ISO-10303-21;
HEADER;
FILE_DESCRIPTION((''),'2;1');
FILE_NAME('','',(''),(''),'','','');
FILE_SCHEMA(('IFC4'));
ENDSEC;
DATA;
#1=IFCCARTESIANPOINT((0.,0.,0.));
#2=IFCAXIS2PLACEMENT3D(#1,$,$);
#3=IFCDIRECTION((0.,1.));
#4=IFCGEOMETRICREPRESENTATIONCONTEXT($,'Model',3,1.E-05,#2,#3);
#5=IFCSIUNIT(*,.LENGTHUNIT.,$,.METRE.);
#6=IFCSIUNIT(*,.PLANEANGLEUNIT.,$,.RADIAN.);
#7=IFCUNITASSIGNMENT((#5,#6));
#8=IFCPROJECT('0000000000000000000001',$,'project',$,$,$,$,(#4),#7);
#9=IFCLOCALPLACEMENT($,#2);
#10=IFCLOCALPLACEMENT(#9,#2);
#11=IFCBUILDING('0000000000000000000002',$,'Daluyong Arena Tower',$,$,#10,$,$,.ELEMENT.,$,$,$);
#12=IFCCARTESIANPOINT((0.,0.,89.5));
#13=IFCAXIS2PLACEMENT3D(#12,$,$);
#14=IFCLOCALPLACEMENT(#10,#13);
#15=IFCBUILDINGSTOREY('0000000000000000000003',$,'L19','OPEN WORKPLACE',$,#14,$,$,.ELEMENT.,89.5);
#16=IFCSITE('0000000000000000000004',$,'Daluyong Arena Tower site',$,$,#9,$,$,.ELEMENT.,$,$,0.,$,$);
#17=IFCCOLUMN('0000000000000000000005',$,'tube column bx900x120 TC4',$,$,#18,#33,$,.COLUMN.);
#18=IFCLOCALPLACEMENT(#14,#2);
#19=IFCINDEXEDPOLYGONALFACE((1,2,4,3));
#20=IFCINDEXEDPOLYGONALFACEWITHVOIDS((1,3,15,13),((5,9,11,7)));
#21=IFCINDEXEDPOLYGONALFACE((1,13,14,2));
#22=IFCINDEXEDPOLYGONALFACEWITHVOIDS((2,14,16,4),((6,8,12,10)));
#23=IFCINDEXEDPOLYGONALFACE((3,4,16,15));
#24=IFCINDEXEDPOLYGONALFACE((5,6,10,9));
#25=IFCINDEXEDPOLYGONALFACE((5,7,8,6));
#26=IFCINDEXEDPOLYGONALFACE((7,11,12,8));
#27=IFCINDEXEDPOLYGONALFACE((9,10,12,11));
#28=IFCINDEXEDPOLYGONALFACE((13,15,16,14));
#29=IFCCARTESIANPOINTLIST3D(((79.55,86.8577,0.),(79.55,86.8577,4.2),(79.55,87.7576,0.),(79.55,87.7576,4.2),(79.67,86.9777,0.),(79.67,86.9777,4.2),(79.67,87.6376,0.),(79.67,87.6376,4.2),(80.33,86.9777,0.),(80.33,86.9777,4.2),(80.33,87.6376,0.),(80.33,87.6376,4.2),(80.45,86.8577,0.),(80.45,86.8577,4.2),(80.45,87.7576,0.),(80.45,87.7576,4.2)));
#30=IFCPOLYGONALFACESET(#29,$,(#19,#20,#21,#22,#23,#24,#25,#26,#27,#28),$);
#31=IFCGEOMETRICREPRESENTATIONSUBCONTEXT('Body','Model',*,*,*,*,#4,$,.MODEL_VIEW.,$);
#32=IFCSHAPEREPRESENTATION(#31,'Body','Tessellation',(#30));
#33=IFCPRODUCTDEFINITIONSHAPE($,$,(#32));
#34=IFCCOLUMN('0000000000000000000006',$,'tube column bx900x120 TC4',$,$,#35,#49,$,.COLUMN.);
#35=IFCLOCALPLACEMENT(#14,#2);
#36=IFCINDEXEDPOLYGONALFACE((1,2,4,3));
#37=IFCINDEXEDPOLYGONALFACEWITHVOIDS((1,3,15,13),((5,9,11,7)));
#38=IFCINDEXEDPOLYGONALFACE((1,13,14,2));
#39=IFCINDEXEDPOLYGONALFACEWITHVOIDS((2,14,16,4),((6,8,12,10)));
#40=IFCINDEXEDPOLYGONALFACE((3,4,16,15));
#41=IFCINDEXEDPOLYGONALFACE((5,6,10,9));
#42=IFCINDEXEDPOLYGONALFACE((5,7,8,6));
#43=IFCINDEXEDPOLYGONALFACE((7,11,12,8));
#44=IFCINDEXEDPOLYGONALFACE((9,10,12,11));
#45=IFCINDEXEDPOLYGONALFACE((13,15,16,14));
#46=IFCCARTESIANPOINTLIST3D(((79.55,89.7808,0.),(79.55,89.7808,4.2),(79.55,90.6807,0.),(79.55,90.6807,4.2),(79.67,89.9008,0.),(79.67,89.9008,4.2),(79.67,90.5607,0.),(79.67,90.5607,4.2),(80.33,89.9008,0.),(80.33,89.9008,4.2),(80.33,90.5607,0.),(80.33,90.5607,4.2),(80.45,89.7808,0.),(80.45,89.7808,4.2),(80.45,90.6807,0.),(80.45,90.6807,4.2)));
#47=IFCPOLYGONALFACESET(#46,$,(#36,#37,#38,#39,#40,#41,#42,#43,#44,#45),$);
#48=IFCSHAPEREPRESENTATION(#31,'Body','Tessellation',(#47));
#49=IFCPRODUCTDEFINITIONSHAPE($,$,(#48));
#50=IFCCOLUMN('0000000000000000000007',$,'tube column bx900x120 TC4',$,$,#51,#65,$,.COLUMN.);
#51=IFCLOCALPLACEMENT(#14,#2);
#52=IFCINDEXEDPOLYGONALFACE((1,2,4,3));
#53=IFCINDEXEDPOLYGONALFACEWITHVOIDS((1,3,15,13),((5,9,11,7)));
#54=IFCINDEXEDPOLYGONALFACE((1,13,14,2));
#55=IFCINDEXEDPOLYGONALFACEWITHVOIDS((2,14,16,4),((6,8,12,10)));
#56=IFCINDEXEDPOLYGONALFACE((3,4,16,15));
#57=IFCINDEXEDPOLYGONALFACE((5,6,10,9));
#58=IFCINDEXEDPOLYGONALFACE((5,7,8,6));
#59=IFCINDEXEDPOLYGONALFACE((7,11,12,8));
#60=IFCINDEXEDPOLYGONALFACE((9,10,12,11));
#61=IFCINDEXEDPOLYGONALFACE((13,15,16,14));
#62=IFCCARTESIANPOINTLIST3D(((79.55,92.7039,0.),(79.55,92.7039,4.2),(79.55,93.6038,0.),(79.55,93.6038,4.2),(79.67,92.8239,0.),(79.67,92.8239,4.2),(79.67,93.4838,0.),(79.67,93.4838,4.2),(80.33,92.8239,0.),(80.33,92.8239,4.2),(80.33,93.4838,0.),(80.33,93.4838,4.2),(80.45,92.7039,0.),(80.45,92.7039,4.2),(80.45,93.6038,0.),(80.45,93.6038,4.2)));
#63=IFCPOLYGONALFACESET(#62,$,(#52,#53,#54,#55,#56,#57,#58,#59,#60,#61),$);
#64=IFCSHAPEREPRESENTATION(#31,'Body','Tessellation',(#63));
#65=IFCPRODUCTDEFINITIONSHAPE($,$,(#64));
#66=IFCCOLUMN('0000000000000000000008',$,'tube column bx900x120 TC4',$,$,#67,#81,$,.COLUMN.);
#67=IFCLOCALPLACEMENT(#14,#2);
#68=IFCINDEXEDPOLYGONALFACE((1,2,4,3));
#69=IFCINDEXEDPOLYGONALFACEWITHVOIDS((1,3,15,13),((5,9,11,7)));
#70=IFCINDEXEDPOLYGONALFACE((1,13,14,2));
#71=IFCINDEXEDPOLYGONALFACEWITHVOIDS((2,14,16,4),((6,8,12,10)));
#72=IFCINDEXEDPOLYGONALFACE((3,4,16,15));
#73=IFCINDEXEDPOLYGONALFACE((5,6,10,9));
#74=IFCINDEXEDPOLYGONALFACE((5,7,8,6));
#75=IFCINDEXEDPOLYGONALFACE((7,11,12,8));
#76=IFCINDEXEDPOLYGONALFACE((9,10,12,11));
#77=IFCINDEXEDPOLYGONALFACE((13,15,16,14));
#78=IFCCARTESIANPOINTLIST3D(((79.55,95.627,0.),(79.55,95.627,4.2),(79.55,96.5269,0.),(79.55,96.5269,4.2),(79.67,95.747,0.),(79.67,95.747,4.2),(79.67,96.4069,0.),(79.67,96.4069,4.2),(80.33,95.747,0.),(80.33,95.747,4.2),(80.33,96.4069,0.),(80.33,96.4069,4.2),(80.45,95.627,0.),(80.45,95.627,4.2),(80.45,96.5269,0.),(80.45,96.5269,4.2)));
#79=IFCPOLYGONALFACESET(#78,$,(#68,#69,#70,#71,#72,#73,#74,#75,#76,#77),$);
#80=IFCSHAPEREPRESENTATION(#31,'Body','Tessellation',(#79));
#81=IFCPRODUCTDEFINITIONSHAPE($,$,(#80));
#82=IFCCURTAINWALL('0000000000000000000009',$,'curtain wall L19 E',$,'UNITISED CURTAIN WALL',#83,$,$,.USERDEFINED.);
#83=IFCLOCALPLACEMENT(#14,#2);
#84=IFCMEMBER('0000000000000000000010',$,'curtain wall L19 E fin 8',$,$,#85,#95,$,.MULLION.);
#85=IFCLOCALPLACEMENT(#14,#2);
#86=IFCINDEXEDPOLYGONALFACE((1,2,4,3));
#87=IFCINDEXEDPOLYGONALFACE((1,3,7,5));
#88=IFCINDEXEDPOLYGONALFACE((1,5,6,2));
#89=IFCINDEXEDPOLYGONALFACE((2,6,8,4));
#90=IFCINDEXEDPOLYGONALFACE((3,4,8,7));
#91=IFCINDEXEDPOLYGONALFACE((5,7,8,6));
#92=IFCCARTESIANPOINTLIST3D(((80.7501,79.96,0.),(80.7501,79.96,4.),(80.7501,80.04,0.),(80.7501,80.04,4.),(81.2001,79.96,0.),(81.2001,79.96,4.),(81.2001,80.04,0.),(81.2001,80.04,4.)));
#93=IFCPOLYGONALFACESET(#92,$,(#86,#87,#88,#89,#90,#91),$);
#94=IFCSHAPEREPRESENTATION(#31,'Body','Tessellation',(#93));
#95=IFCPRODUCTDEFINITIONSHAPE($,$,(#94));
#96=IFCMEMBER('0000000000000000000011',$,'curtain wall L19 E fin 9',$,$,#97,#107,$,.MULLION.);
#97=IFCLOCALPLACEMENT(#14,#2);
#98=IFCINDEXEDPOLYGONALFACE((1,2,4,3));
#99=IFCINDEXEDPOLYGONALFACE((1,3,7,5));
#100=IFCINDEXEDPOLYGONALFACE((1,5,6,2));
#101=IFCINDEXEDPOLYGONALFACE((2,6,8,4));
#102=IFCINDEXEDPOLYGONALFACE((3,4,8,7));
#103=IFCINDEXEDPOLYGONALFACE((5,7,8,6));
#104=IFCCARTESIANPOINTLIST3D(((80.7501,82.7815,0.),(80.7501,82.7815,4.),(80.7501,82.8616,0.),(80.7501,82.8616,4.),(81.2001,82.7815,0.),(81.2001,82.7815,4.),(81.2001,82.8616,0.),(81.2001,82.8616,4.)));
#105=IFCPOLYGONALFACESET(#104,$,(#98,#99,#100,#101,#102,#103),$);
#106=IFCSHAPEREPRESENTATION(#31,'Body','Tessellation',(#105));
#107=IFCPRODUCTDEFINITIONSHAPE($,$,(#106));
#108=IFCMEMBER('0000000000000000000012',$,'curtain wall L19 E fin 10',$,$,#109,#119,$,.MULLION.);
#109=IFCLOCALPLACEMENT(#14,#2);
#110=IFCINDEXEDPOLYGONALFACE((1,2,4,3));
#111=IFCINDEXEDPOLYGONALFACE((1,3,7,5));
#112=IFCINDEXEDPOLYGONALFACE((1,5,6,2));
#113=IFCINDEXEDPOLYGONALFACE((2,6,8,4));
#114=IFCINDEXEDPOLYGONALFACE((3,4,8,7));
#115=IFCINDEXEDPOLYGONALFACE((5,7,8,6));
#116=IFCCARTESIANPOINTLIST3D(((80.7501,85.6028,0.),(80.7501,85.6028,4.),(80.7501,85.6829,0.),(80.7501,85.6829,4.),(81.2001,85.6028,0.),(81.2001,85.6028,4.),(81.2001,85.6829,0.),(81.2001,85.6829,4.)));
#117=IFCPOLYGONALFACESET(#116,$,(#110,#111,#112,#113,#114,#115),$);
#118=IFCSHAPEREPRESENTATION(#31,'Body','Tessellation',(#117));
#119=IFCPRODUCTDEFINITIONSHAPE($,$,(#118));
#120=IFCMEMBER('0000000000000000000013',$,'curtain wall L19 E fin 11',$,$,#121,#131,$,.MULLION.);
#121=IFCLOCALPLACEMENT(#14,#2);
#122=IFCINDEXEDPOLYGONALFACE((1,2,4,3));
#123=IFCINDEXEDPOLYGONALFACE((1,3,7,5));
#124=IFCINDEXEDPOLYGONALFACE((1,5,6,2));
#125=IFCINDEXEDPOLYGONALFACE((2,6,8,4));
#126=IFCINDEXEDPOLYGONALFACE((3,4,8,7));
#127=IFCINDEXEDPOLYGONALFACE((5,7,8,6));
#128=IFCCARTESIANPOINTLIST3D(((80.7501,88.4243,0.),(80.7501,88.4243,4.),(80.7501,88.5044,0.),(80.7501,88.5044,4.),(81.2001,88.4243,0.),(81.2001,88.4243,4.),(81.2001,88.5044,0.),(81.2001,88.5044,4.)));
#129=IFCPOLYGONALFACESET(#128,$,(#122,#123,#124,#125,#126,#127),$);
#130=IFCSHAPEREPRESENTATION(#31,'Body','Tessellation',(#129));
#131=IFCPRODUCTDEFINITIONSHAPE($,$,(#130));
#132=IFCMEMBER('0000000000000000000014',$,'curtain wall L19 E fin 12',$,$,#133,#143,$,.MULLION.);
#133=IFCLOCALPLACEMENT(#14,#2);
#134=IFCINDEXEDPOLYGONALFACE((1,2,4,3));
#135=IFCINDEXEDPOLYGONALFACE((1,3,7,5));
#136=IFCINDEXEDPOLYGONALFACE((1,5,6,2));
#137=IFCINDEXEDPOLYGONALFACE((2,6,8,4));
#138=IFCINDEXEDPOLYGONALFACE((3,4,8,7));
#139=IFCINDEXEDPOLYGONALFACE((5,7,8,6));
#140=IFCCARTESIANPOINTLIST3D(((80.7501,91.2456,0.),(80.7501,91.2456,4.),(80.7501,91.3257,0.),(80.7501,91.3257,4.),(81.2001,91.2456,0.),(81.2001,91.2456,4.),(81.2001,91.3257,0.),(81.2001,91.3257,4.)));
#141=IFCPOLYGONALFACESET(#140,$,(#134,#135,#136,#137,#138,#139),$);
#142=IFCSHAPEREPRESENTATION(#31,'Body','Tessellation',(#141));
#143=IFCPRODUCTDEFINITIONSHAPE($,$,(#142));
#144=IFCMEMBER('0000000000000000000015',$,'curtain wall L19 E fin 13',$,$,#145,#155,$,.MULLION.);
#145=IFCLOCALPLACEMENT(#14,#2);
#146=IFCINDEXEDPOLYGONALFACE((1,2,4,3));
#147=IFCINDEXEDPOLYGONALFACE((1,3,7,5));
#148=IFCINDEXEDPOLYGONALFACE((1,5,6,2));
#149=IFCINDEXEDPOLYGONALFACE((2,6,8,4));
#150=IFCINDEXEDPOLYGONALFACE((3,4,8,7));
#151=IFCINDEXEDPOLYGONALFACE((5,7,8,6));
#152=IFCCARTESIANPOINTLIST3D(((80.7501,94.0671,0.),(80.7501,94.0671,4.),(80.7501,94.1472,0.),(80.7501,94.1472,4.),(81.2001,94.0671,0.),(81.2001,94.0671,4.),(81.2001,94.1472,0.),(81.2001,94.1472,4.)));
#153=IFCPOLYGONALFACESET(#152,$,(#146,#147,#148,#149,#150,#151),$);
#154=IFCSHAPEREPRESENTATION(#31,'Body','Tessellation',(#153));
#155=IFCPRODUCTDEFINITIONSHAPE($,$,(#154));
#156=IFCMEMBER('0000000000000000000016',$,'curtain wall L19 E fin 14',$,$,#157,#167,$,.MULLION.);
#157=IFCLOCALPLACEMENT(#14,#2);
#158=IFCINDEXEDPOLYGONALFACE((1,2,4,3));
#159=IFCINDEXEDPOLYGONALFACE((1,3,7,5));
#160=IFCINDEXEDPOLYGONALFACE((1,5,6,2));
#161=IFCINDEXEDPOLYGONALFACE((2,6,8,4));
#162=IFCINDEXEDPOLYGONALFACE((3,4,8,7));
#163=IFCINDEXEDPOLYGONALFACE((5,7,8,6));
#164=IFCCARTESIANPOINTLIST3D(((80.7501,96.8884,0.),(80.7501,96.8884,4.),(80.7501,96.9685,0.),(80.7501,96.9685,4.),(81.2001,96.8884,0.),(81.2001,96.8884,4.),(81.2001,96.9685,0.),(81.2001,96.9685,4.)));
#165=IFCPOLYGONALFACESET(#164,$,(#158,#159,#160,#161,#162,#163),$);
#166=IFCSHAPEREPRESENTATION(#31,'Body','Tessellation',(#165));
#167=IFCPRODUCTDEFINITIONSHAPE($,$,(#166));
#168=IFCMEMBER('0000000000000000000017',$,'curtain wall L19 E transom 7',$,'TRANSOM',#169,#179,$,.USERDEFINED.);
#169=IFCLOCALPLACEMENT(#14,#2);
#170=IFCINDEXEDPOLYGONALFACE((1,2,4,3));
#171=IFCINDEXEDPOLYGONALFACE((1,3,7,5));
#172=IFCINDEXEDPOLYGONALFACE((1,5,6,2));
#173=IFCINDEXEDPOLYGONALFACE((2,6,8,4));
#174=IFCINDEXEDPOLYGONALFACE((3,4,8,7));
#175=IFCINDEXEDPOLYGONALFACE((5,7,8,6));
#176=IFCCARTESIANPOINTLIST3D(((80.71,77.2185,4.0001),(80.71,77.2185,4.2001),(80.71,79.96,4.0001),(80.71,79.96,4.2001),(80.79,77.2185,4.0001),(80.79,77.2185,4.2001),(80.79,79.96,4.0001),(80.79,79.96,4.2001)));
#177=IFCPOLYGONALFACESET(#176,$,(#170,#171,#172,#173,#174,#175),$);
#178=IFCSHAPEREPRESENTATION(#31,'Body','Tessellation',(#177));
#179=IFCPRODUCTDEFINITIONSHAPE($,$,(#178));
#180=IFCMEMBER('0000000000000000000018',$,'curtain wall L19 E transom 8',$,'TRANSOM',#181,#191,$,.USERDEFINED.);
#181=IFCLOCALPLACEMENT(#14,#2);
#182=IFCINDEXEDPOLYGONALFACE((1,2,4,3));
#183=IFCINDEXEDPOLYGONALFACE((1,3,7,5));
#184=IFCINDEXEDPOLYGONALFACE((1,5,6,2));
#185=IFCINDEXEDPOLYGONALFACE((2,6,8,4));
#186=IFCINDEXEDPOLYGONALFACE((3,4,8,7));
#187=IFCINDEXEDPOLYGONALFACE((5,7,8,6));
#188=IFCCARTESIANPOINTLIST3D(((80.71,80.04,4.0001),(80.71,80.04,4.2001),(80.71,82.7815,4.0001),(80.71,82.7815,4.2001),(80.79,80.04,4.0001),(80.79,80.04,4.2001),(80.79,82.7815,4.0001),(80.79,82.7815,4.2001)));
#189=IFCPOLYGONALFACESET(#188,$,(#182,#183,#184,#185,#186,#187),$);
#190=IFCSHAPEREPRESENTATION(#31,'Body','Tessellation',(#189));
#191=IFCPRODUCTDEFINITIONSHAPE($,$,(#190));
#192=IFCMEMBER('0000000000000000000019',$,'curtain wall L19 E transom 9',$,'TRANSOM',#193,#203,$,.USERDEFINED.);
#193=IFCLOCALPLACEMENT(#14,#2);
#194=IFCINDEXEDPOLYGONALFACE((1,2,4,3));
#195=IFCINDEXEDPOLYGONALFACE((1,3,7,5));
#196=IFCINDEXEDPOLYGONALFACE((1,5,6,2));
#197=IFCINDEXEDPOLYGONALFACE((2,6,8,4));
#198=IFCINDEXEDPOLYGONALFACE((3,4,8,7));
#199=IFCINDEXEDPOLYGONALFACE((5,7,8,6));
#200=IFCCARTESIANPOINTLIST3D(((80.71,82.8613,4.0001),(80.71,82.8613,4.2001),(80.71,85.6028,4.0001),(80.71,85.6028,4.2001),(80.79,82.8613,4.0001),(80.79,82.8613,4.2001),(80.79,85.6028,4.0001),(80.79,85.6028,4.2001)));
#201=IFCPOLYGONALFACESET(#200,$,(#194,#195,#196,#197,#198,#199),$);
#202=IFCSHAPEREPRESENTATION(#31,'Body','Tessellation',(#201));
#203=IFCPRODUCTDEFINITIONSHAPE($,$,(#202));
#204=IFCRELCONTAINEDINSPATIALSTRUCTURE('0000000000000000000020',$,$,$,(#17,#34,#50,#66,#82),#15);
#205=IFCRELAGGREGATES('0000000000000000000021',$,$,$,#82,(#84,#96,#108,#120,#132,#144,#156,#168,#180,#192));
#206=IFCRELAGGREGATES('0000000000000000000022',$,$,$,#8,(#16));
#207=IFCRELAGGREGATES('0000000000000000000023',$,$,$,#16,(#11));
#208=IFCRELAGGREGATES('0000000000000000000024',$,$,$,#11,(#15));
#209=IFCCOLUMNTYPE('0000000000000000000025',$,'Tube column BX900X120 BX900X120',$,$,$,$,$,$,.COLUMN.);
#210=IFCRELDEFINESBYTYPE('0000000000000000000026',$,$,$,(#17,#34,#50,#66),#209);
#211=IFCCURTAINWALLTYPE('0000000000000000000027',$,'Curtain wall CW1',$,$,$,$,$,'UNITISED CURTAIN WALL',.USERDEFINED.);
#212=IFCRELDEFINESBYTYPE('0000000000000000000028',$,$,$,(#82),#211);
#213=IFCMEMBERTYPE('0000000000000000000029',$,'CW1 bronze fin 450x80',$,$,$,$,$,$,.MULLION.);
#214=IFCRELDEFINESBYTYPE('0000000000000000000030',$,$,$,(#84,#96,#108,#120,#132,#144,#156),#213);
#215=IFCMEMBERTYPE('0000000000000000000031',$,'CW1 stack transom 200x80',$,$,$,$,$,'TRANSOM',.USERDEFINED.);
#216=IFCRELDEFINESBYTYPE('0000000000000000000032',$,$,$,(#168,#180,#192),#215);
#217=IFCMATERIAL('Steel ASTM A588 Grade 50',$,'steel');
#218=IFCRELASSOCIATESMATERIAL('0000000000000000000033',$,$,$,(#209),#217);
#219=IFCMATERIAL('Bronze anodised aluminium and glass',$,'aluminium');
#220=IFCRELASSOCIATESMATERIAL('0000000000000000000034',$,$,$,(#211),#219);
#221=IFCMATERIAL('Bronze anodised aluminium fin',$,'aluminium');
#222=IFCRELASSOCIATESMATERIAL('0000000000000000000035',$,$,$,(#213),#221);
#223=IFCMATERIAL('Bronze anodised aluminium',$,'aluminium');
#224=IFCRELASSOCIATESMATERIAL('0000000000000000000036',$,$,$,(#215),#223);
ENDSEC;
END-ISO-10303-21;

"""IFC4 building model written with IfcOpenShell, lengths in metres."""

from ifc_helpers import new_model, si_unit, direction, frame, origin, origin_2d, place, context, subcontext, project, spatial, rectangle, hollow_rectangle, extrude, material, material_profile, profile_set, type_object, element, aggregate, save


model = new_model("IFC4")

# Units and contexts
model_context = context("Model", 3, precision=1e-05, world=origin(), true_north=direction((0.0, 1.0)))
body_context = subcontext(model_context, "Body", "Model", "MODEL_VIEW")
ifc_project = project(units=[si_unit("LENGTHUNIT", "METRE"), si_unit("PLANEANGLEUNIT", "RADIAN")], contexts=[model_context])

# Site, building, storey
site_placement = place(None, origin())
site = spatial("IfcSite", under=ifc_project, at=site_placement, Name="Daluyong Arena Tower site", CompositionType="ELEMENT", RefElevation=0.0)
building_placement = place(site_placement, origin())
building = spatial("IfcBuilding", under=site, at=building_placement, Name="Daluyong Arena Tower", CompositionType="ELEMENT")
storey_placement = place(building_placement, frame((0.0, 0.0, 89.5)))
storey = spatial("IfcBuildingStorey", under=building, at=storey_placement, Name="L19", Description="OPEN WORKPLACE", CompositionType="ELEMENT", Elevation=89.5)

# Columns
ifc_material_1 = material(Name="Steel ASTM A588 Grade 50", Category="steel")
ifc_material_profile_1 = material_profile(ifc_material_1, hollow_rectangle(XDim=0.8999, YDim=0.8999, WallThickness=0.12, at=origin_2d()))
ifc_profile_set_1 = profile_set([ifc_material_profile_1], Name="Steel ASTM A588 Grade 50")
column_type = type_object("IfcColumnType", Name="Tube column BX900X120 BX900X120", PredefinedType="COLUMN", material=ifc_profile_set_1)
for number, where, z_axis, x_axis, name in (
    (1, (80.0, 87.3076, 0.0), (0.0, 0.0, 1.0), (0.0, 1.0, 0.0), "tube column bx900x120 TC4"),
    (2, (80.0, 90.2307, 0.0), (0.0, 0.0, 1.0), (0.0, 1.0, 0.0), "tube column bx900x120 TC4"),
    (3, (80.0, 93.1538, 0.0), (0.0, 0.0, 1.0), (0.0, 1.0, 0.0), "tube column bx900x120 TC4"),
    (4, (80.0, 96.0769, 0.0), (0.0, 0.0, 1.0), (0.0, 1.0, 0.0), "tube column bx900x120 TC4"),
):
    element("IfcColumn", number, at=place(storey_placement, frame(where, z_axis=z_axis, x_axis=x_axis)), inside=storey, type_object=column_type, Name=name, PredefinedType="COLUMN", context=body_context, shape_type="SweptSolid", body=[
        extrude(hollow_rectangle(XDim=0.8999, YDim=0.8999, WallThickness=0.12, at=origin_2d()), origin(), (0.0, 0.0, 1.0), 4.2),
    ])

# Curtain wall, members
ifc_material_2 = material(Name="Bronze anodised aluminium and glass", Category="aluminium")
curtain_wall_type = type_object("IfcCurtainWallType", Name="Curtain wall CW1", ElementType="UNITISED CURTAIN WALL", PredefinedType="USERDEFINED", material=ifc_material_2)
curtain_wall_placement = place(storey_placement, origin())
curtain_wall = element("IfcCurtainWall", 5, at=curtain_wall_placement, inside=storey, type_object=curtain_wall_type, Name="curtain wall L19 E", ObjectType="UNITISED CURTAIN WALL", PredefinedType="USERDEFINED")
ifc_material_3 = material(Name="Bronze anodised aluminium fin", Category="aluminium")
ifc_material_profile_2 = material_profile(ifc_material_3, rectangle(XDim=0.45, YDim=0.0801, at=origin_2d()))
ifc_profile_set_2 = profile_set([ifc_material_profile_2], Name="Bronze anodised aluminium fin")
member_type_1 = type_object("IfcMemberType", Name="CW1 bronze fin 450x80", PredefinedType="MULLION", material=ifc_profile_set_2)
member_1_placement = place(storey_placement, frame((80.9751, 80.0, 0.0), z_axis=(0.0, 0.0, 1.0), x_axis=(-1.0, 0.0, 0.0)))
member_1 = element("IfcMember", 6, at=member_1_placement, type_object=member_type_1, Name="curtain wall L19 E fin 8", PredefinedType="MULLION", context=body_context, shape_type="SweptSolid", body=[
    extrude(rectangle(XDim=0.45, YDim=0.0801, at=origin_2d()), origin(), (0.0, 0.0, 1.0), 4.0),
])
member_2_placement = place(storey_placement, frame((80.9751, 82.8215, 0.0), z_axis=(0.0, 0.0, 1.0), x_axis=(-1.0, 0.0, 0.0)))
member_2 = element("IfcMember", 7, at=member_2_placement, type_object=member_type_1, Name="curtain wall L19 E fin 9", PredefinedType="MULLION", context=body_context, shape_type="SweptSolid", body=[
    extrude(rectangle(XDim=0.45, YDim=0.0801, at=origin_2d()), origin(), (0.0, 0.0, 1.0), 4.0),
])
member_3_placement = place(storey_placement, frame((80.9751, 85.6428, 0.0), z_axis=(0.0, 0.0, 1.0), x_axis=(-1.0, 0.0, 0.0)))
member_3 = element("IfcMember", 8, at=member_3_placement, type_object=member_type_1, Name="curtain wall L19 E fin 10", PredefinedType="MULLION", context=body_context, shape_type="SweptSolid", body=[
    extrude(rectangle(XDim=0.45, YDim=0.0801, at=origin_2d()), origin(), (0.0, 0.0, 1.0), 4.0),
])
member_4_placement = place(storey_placement, frame((80.9751, 88.4644, 0.0), z_axis=(0.0, 0.0, 1.0), x_axis=(-1.0, 0.0, 0.0)))
member_4 = element("IfcMember", 9, at=member_4_placement, type_object=member_type_1, Name="curtain wall L19 E fin 11", PredefinedType="MULLION", context=body_context, shape_type="SweptSolid", body=[
    extrude(rectangle(XDim=0.45, YDim=0.0801, at=origin_2d()), origin(), (0.0, 0.0, 1.0), 4.0),
])
member_5_placement = place(storey_placement, frame((80.9751, 91.2856, 0.0), z_axis=(0.0, 0.0, 1.0), x_axis=(-1.0, 0.0, 0.0)))
member_5 = element("IfcMember", 10, at=member_5_placement, type_object=member_type_1, Name="curtain wall L19 E fin 12", PredefinedType="MULLION", context=body_context, shape_type="SweptSolid", body=[
    extrude(rectangle(XDim=0.45, YDim=0.0801, at=origin_2d()), origin(), (0.0, 0.0, 1.0), 4.0),
])
member_6_placement = place(storey_placement, frame((80.9751, 94.1072, 0.0), z_axis=(0.0, 0.0, 1.0), x_axis=(-1.0, 0.0, 0.0)))
member_6 = element("IfcMember", 11, at=member_6_placement, type_object=member_type_1, Name="curtain wall L19 E fin 13", PredefinedType="MULLION", context=body_context, shape_type="SweptSolid", body=[
    extrude(rectangle(XDim=0.45, YDim=0.0801, at=origin_2d()), origin(), (0.0, 0.0, 1.0), 4.0),
])
member_7_placement = place(storey_placement, frame((80.9751, 96.9285, 0.0), z_axis=(0.0, 0.0, 1.0), x_axis=(-1.0, 0.0, 0.0)))
member_7 = element("IfcMember", 12, at=member_7_placement, type_object=member_type_1, Name="curtain wall L19 E fin 14", PredefinedType="MULLION", context=body_context, shape_type="SweptSolid", body=[
    extrude(rectangle(XDim=0.45, YDim=0.0801, at=origin_2d()), origin(), (0.0, 0.0, 1.0), 4.0),
])
ifc_material_4 = material(Name="Bronze anodised aluminium", Category="aluminium")
ifc_material_profile_3 = material_profile(ifc_material_4, rectangle(XDim=0.0801, YDim=0.2, at=origin_2d()))
ifc_profile_set_3 = profile_set([ifc_material_profile_3], Name="Bronze anodised aluminium")
member_type_2 = type_object("IfcMemberType", Name="CW1 stack transom 200x80", ElementType="TRANSOM", PredefinedType="USERDEFINED", material=ifc_profile_set_3)
member_8_placement = place(storey_placement, frame((80.75, 77.2185, 4.1001), z_axis=(0.0, 1.0, 0.0), x_axis=(-1.0, 0.0, 0.0)))
member_8 = element("IfcMember", 13, at=member_8_placement, type_object=member_type_2, Name="curtain wall L19 E transom 7", ObjectType="TRANSOM", PredefinedType="USERDEFINED", context=body_context, shape_type="SweptSolid", body=[
    extrude(rectangle(XDim=0.0801, YDim=0.2, at=origin_2d()), origin(), (0.0, 0.0, 1.0), 2.7415),
])
member_9_placement = place(storey_placement, frame((80.75, 80.04, 4.1001), z_axis=(0.0, 1.0, 0.0), x_axis=(-1.0, 0.0, 0.0)))
member_9 = element("IfcMember", 14, at=member_9_placement, type_object=member_type_2, Name="curtain wall L19 E transom 8", ObjectType="TRANSOM", PredefinedType="USERDEFINED", context=body_context, shape_type="SweptSolid", body=[
    extrude(rectangle(XDim=0.0801, YDim=0.2, at=origin_2d()), origin(), (0.0, 0.0, 1.0), 2.7415),
])
member_10_placement = place(storey_placement, frame((80.75, 82.8613, 4.1001), z_axis=(0.0, 1.0, 0.0), x_axis=(-1.0, 0.0, 0.0)))
member_10 = element("IfcMember", 15, at=member_10_placement, type_object=member_type_2, Name="curtain wall L19 E transom 9", ObjectType="TRANSOM", PredefinedType="USERDEFINED", context=body_context, shape_type="SweptSolid", body=[
    extrude(rectangle(XDim=0.0801, YDim=0.2, at=origin_2d()), origin(), (0.0, 0.0, 1.0), 2.7415),
])

aggregate(curtain_wall, [member_1, member_2, member_3, member_4, member_5, member_6, member_7, member_8, member_9, member_10])

save(model, "model.ifc")
